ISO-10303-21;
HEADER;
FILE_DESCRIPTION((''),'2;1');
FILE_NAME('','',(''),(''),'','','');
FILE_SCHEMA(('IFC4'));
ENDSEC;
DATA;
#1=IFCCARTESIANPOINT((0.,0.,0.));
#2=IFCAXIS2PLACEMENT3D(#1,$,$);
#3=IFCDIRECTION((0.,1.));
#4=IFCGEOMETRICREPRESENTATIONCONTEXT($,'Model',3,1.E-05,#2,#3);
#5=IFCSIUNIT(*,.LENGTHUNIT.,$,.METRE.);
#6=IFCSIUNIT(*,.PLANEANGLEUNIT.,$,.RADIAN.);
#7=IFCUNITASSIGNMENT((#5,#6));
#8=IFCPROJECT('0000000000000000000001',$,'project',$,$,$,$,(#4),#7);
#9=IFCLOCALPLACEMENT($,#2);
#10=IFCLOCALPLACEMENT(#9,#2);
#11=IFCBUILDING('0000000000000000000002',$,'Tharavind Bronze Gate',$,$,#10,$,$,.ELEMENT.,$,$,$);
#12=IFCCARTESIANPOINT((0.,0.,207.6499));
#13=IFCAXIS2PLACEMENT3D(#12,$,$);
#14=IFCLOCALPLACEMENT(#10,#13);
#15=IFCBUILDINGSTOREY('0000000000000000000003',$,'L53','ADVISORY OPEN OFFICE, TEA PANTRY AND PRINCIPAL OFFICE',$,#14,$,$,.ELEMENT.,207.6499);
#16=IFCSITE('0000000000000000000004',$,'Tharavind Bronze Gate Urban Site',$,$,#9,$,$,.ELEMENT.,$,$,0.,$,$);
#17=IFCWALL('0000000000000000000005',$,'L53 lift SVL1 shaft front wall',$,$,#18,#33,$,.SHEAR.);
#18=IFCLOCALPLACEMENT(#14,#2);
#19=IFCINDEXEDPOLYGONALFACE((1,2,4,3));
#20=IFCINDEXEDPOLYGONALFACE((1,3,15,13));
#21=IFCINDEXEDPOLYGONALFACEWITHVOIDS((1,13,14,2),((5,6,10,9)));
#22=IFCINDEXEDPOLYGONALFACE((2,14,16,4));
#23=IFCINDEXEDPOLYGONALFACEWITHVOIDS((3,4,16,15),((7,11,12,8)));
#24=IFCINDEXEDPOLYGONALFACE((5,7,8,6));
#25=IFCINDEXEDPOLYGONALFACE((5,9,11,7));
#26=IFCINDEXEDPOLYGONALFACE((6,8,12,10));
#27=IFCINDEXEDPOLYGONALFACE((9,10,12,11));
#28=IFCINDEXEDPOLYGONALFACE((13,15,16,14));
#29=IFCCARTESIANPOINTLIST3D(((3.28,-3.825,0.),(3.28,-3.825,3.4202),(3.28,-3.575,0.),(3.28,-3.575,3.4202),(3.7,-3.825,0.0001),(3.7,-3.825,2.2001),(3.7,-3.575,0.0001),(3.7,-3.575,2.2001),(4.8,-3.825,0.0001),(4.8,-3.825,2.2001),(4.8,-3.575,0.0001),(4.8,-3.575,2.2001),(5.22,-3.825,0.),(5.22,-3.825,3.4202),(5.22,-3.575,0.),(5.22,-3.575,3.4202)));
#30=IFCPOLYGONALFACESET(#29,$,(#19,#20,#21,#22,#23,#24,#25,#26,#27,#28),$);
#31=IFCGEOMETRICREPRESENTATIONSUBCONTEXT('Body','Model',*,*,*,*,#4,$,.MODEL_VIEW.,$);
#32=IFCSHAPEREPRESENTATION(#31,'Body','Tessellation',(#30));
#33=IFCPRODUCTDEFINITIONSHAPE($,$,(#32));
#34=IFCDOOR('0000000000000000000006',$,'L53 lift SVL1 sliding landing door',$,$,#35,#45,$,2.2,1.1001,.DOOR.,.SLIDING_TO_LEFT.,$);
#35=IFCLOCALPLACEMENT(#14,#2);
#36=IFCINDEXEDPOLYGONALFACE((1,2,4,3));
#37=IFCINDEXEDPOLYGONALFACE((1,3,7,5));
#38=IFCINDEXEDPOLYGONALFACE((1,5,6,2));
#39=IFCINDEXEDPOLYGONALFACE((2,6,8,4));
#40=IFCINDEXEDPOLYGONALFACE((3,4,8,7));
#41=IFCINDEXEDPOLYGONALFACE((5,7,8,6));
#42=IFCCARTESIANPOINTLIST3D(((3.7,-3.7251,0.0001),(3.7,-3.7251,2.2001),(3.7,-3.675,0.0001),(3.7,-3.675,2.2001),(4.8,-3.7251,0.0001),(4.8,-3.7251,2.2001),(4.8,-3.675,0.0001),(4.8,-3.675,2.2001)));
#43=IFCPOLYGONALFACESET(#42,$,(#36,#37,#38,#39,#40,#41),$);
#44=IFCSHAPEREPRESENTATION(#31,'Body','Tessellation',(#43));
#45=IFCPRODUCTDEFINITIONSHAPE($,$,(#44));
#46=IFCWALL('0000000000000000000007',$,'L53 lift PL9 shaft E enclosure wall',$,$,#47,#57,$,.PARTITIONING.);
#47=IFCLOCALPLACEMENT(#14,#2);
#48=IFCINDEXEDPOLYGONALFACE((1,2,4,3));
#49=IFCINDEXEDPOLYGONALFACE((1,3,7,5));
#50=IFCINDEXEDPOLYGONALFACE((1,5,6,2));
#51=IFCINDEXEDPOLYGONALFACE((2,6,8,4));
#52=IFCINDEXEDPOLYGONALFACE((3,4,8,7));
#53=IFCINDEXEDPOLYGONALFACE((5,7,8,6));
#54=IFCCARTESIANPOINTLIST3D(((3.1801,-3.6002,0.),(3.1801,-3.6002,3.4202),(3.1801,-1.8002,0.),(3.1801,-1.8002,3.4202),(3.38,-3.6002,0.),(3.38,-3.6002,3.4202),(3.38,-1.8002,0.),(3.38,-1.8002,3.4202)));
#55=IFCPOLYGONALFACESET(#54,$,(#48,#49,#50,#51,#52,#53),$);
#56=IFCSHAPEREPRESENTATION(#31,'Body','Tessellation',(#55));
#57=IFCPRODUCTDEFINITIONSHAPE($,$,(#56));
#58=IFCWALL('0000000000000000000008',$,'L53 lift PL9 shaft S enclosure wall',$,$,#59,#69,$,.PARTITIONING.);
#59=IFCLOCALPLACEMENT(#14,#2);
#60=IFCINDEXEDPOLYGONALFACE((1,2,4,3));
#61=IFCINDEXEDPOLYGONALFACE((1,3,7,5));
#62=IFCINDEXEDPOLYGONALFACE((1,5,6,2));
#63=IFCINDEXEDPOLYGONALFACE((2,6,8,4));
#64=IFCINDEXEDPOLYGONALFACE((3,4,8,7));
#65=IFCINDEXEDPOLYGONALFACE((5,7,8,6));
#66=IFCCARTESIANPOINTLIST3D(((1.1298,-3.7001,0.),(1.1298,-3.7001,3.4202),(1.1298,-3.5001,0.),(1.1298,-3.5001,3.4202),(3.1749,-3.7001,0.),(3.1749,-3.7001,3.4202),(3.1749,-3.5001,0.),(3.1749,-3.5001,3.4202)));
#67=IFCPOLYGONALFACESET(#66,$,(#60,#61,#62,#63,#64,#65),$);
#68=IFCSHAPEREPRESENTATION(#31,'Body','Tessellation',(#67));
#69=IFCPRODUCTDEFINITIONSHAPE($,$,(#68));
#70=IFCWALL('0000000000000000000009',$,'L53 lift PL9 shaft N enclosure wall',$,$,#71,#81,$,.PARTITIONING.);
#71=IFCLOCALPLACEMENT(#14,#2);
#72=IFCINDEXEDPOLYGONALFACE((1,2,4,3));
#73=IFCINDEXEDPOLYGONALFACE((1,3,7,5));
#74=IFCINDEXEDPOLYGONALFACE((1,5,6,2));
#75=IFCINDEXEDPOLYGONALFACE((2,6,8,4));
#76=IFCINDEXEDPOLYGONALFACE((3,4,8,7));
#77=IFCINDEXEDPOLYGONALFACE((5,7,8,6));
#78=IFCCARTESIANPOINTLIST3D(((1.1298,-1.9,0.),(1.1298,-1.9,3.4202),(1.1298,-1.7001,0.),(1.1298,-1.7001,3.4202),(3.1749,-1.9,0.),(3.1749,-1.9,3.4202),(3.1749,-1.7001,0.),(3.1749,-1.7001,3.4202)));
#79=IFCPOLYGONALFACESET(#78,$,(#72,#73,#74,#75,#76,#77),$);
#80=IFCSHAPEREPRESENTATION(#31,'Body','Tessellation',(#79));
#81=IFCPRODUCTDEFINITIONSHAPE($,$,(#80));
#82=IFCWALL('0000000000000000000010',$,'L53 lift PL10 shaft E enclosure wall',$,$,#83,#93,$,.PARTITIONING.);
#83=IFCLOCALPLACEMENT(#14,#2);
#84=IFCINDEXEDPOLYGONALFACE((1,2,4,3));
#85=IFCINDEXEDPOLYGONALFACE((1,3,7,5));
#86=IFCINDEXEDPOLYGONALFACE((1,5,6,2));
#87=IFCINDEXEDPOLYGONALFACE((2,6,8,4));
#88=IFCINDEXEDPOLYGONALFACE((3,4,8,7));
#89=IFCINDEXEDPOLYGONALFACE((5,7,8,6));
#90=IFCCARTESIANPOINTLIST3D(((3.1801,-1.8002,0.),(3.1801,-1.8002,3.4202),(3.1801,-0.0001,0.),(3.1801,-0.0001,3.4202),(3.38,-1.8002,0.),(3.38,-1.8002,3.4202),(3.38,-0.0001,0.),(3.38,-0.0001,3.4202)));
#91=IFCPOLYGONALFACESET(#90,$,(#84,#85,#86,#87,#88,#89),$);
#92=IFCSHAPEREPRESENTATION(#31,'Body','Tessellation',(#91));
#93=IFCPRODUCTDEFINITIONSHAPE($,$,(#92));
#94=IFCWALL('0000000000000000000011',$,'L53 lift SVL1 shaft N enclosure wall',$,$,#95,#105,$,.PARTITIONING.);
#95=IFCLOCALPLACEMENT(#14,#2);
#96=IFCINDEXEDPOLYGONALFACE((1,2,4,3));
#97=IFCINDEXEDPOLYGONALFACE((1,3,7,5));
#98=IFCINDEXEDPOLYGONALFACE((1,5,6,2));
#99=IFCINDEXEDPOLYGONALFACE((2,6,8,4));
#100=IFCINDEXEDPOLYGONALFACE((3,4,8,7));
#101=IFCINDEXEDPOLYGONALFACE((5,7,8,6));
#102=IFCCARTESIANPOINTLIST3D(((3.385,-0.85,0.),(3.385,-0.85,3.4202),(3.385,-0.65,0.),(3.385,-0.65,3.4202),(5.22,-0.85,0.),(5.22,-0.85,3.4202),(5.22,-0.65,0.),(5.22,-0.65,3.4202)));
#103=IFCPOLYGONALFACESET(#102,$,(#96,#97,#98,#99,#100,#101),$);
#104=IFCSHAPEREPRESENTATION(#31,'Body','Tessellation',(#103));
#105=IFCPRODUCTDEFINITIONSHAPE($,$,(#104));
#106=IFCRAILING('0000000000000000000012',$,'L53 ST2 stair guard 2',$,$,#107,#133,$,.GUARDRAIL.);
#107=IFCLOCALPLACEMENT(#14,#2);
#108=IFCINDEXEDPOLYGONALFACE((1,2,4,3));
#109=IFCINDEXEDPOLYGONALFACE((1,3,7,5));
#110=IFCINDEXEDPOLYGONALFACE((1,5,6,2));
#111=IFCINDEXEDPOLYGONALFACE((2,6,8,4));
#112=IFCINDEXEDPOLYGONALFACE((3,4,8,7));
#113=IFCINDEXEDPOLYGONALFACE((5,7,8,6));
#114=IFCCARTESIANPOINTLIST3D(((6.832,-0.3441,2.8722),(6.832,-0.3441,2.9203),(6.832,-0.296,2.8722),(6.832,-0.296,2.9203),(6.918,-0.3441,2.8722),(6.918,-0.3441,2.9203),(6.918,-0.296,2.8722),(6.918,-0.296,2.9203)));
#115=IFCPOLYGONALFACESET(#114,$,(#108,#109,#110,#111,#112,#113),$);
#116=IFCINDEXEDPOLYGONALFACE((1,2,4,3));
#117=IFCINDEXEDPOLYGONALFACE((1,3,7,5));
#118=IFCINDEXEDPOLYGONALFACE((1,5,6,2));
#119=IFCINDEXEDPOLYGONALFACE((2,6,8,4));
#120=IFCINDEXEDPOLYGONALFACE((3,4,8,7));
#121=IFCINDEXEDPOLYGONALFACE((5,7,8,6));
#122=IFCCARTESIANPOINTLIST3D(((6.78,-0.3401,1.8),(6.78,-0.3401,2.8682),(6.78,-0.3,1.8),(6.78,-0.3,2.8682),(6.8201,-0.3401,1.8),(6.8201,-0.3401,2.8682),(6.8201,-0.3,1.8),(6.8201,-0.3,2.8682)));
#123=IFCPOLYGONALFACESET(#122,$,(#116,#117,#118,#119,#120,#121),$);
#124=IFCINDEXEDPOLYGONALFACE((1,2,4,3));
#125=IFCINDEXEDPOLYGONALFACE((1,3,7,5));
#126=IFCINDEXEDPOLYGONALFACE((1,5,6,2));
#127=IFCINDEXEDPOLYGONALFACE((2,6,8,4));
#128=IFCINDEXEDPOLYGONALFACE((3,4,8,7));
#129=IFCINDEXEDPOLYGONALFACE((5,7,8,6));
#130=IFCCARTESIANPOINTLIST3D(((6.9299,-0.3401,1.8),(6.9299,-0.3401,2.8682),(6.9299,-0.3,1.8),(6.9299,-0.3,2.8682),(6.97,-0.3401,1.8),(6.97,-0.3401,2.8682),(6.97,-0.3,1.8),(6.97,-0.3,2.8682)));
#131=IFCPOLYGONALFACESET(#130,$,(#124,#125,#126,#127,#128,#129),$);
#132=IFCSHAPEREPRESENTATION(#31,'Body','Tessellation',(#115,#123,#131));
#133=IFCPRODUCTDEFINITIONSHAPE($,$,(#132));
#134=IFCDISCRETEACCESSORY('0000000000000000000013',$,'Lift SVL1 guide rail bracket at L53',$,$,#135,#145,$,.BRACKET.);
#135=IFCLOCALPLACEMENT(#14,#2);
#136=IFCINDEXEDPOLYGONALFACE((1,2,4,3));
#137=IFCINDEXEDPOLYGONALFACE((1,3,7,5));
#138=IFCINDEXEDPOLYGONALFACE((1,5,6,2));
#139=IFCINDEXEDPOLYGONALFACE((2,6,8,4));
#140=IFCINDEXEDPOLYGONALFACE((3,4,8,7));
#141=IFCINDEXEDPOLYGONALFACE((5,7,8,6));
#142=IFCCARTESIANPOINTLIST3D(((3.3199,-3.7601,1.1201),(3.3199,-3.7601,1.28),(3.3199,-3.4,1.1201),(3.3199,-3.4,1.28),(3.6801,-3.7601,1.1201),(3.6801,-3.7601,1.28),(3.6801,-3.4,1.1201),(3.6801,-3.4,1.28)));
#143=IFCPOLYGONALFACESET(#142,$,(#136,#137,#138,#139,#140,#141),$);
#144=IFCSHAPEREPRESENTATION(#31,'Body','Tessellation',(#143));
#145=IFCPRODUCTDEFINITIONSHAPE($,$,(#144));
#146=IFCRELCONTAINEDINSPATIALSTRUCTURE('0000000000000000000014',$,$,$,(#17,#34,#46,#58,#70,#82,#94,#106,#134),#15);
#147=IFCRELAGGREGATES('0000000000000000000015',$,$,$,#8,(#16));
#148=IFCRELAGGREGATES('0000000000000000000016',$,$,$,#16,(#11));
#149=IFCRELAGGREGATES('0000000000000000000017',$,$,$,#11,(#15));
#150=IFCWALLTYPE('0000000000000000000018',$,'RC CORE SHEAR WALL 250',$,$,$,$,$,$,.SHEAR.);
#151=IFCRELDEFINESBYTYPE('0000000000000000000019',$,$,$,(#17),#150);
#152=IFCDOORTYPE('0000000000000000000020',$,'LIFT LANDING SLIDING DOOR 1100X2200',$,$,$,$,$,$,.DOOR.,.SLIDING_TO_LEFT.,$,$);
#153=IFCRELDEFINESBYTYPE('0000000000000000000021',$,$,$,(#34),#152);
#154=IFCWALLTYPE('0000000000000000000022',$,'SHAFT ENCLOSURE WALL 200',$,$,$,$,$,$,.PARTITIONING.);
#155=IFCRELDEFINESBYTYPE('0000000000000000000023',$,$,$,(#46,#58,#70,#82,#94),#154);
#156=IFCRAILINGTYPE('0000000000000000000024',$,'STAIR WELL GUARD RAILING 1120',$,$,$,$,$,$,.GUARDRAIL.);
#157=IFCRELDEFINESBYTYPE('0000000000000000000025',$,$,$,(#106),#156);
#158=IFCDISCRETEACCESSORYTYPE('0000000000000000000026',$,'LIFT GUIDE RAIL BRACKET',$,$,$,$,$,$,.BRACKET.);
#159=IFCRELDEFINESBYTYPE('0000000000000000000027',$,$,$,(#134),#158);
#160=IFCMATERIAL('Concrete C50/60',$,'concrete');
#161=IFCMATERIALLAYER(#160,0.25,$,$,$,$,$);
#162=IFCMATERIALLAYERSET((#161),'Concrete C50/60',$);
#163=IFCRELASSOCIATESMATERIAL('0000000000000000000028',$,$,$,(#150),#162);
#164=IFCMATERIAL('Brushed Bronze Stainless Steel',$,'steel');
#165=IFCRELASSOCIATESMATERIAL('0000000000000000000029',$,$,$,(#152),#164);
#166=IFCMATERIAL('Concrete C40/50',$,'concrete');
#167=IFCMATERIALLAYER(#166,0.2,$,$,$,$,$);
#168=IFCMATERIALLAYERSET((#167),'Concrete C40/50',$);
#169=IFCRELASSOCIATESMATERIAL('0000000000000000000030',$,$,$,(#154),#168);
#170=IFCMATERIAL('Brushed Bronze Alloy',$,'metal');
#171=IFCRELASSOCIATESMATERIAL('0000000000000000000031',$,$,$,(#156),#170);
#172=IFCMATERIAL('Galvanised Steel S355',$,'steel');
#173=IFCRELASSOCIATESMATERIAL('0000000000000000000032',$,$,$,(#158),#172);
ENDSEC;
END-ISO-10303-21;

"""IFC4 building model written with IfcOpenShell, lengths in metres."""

from ifc_helpers import new_model, si_unit, direction, frame, frame_2d, origin, origin_2d, place, context, subcontext, project, spatial, rectangle, extrude, material, layer, layer_set, type_object, element, fill, save


model = new_model("IFC4")

# Units and contexts
model_context = context("Model", 3, precision=1e-05, world=origin(), true_north=direction((0.0, 1.0)))
body_context = subcontext(model_context, "Body", "Model", "MODEL_VIEW")
ifc_project = project(units=[si_unit("LENGTHUNIT", "METRE"), si_unit("PLANEANGLEUNIT", "RADIAN")], contexts=[model_context])

# Site, building, storey
site_placement = place(None, origin())
site = spatial("IfcSite", under=ifc_project, at=site_placement, Name="Tharavind Bronze Gate Urban Site", CompositionType="ELEMENT", RefElevation=0.0)
building_placement = place(site_placement, origin())
building = spatial("IfcBuilding", under=site, at=building_placement, Name="Tharavind Bronze Gate", CompositionType="ELEMENT")
storey_placement = place(building_placement, frame((0.0, 0.0, 207.6499)))
storey = spatial("IfcBuildingStorey", under=building, at=storey_placement, Name="L53", Description="ADVISORY OPEN OFFICE, TEA PANTRY AND PRINCIPAL OFFICE", CompositionType="ELEMENT", Elevation=207.6499)

# Shared definitions
ifc_material_1 = material(Name="Concrete C40/50", Category="concrete")

# Shared definitions
ifc_material_2 = material(Name="Concrete C50/60", Category="concrete")
ifc_layer_1 = layer(ifc_material_2, 0.25)
ifc_layer_set_1 = layer_set([ifc_layer_1], Name="Concrete C50/60")
wall_type_1 = type_object("IfcWallType", Name="RC CORE SHEAR WALL 250", PredefinedType="SHEAR", material=ifc_layer_set_1)

# Wall, opening, door
wall_1_placement = place(storey_placement, frame((3.28, -3.7, 0.0), z_axis=(0.0, 0.0, 1.0), x_axis=(1.0, 0.0, 0.0)))
wall_1 = element("IfcWall", 1, at=wall_1_placement, inside=storey, type_object=wall_type_1, Name="L53 lift SVL1 shaft front wall", PredefinedType="SHEAR", context=body_context, shape_type="SweptSolid", body=[
    extrude(rectangle(XDim=1.9399, YDim=0.25, at=frame_2d((0.97, 0.0))), origin(), (0.0, 0.0, 1.0), 3.4202),
])
opening_placement = place(wall_1_placement, frame((0.4199, 0.0, 0.0)))
opening = element("IfcOpeningElement", 2, at=opening_placement, cuts=wall_1, PredefinedType="OPENING", context=body_context, shape_type="SweptSolid", body=[
    extrude(rectangle(XDim=1.1001, YDim=2.2, at=frame_2d((0.55, 1.1001))), frame((0.0, 0.135, 0.0), z_axis=(0.0, -1.0, 0.0), x_axis=(1.0, 0.0, 0.0)), (0.0, 0.0, 1.0), 0.27),
])
ifc_material_3 = material(Name="Brushed Bronze Stainless Steel", Category="steel")
door_type = type_object("IfcDoorType", Name="LIFT LANDING SLIDING DOOR 1100X2200", OperationType="SLIDING_TO_LEFT", PredefinedType="DOOR", material=ifc_material_3)
door_placement = place(opening_placement, origin())
door = element("IfcDoor", 3, at=door_placement, inside=storey, type_object=door_type, Name="L53 lift SVL1 sliding landing door", OperationType="SLIDING_TO_LEFT", OverallHeight=2.2, OverallWidth=1.1001, PredefinedType="DOOR", context=body_context, shape_type="SweptSolid", body=[
    extrude(rectangle(XDim=1.1001, YDim=2.2, at=frame_2d((0.55, 1.1001))), frame((0.0, 0.0249, 0.0), z_axis=(0.0, -1.0, 0.0), x_axis=(1.0, 0.0, 0.0)), (0.0, 0.0, 1.0), 0.05),
])
fill(opening, door)

# Walls
ifc_layer_2 = layer(ifc_material_1, 0.2)
ifc_layer_set_2 = layer_set([ifc_layer_2], Name="Concrete C40/50")
wall_type_2 = type_object("IfcWallType", Name="SHAFT ENCLOSURE WALL 200", PredefinedType="PARTITIONING", material=ifc_layer_set_2)
wall_2_placement = place(storey_placement, frame((3.28, -3.6001, 0.0), z_axis=(0.0, 0.0, 1.0), x_axis=(0.0, 1.0, 0.0)))
element("IfcWall", 4, at=wall_2_placement, inside=storey, type_object=wall_type_2, Name="L53 lift PL9 shaft E enclosure wall", PredefinedType="PARTITIONING", context=body_context, shape_type="SweptSolid", body=[
    extrude(rectangle(XDim=1.8, YDim=0.2, at=frame_2d((0.8999, 0.0))), origin(), (0.0, 0.0, 1.0), 3.4202),
])
for number, where, z_axis, x_axis, name in (
    (5, (1.1299, -3.6001, 0.0), (0.0, 0.0, 1.0), (1.0, 0.0, 0.0), "L53 lift PL9 shaft S enclosure wall"),
    (6, (1.1299, -1.8, 0.0), (0.0, 0.0, 1.0), (1.0, 0.0, 0.0), "L53 lift PL9 shaft N enclosure wall"),
):
    element("IfcWall", number, at=place(storey_placement, frame(where, z_axis=z_axis, x_axis=x_axis)), inside=storey, type_object=wall_type_2, Name=name, PredefinedType="PARTITIONING", context=body_context, shape_type="SweptSolid", body=[
        extrude(rectangle(XDim=2.0452, YDim=0.2, at=frame_2d((1.0225, 0.0))), origin(), (0.0, 0.0, 1.0), 3.4202),
    ])
wall_3_placement = place(storey_placement, frame((3.28, -1.8, 0.0), z_axis=(0.0, 0.0, 1.0), x_axis=(0.0, 1.0, 0.0)))
element("IfcWall", 7, at=wall_3_placement, inside=storey, type_object=wall_type_2, Name="L53 lift PL10 shaft E enclosure wall", PredefinedType="PARTITIONING", context=body_context, shape_type="SweptSolid", body=[
    extrude(rectangle(XDim=1.8, YDim=0.2, at=frame_2d((0.8999, 0.0))), origin(), (0.0, 0.0, 1.0), 3.4202),
])
wall_4_placement = place(storey_placement, frame((3.385, -0.75, 0.0), z_axis=(0.0, 0.0, 1.0), x_axis=(1.0, 0.0, 0.0)))
element("IfcWall", 8, at=wall_4_placement, inside=storey, type_object=wall_type_2, Name="L53 lift SVL1 shaft N enclosure wall", PredefinedType="PARTITIONING", context=body_context, shape_type="SweptSolid", body=[
    extrude(rectangle(XDim=1.835, YDim=0.2, at=frame_2d((0.9175, 0.0))), origin(), (0.0, 0.0, 1.0), 3.4202),
])

# Railing
ifc_material_4 = material(Name="Brushed Bronze Alloy", Category="metal")
railing_type = type_object("IfcRailingType", Name="STAIR WELL GUARD RAILING 1120", PredefinedType="GUARDRAIL", material=ifc_material_4)
railing_placement = place(storey_placement, frame((6.8, -0.3201, 1.8)))
element("IfcRailing", 9, at=railing_placement, inside=storey, type_object=railing_type, Name="L53 ST2 stair guard 2", PredefinedType="GUARDRAIL", context=body_context, shape_type="SweptSolid", body=[
    extrude(rectangle(XDim=0.0481, YDim=0.0481, at=origin_2d()), frame((0.032, 0.0, 1.0962), z_axis=(1.0, 0.0, 0.0), x_axis=(0.0, 1.0, 0.0)), (0.0, 0.0, 1.0), 0.0859),
    extrude(rectangle(XDim=0.04, YDim=0.04, at=origin_2d()), origin(), (0.0, 0.0, 1.0), 1.0681),
    extrude(rectangle(XDim=0.04, YDim=0.04, at=origin_2d()), frame((0.1499, 0.0, 0.0)), (0.0, 0.0, 1.0), 1.0681),
])

# Discrete accessory
ifc_material_5 = material(Name="Galvanised Steel S355", Category="steel")
discrete_accessory_type = type_object("IfcDiscreteAccessoryType", Name="LIFT GUIDE RAIL BRACKET", PredefinedType="BRACKET", material=ifc_material_5)
discrete_accessory_placement = place(storey_placement, frame((3.5, -3.5801, 1.1201), z_axis=(0.0, 0.0, 1.0), x_axis=(1.0, 0.0, 0.0)))
element("IfcDiscreteAccessory", 10, at=discrete_accessory_placement, inside=storey, type_object=discrete_accessory_type, Name="Lift SVL1 guide rail bracket at L53", PredefinedType="BRACKET", context=body_context, shape_type="SweptSolid", body=[
    extrude(rectangle(XDim=0.3601, YDim=0.3601, at=origin_2d()), origin(), (0.0, 0.0, 1.0), 0.1599),
])

save(model, "model.ifc")
